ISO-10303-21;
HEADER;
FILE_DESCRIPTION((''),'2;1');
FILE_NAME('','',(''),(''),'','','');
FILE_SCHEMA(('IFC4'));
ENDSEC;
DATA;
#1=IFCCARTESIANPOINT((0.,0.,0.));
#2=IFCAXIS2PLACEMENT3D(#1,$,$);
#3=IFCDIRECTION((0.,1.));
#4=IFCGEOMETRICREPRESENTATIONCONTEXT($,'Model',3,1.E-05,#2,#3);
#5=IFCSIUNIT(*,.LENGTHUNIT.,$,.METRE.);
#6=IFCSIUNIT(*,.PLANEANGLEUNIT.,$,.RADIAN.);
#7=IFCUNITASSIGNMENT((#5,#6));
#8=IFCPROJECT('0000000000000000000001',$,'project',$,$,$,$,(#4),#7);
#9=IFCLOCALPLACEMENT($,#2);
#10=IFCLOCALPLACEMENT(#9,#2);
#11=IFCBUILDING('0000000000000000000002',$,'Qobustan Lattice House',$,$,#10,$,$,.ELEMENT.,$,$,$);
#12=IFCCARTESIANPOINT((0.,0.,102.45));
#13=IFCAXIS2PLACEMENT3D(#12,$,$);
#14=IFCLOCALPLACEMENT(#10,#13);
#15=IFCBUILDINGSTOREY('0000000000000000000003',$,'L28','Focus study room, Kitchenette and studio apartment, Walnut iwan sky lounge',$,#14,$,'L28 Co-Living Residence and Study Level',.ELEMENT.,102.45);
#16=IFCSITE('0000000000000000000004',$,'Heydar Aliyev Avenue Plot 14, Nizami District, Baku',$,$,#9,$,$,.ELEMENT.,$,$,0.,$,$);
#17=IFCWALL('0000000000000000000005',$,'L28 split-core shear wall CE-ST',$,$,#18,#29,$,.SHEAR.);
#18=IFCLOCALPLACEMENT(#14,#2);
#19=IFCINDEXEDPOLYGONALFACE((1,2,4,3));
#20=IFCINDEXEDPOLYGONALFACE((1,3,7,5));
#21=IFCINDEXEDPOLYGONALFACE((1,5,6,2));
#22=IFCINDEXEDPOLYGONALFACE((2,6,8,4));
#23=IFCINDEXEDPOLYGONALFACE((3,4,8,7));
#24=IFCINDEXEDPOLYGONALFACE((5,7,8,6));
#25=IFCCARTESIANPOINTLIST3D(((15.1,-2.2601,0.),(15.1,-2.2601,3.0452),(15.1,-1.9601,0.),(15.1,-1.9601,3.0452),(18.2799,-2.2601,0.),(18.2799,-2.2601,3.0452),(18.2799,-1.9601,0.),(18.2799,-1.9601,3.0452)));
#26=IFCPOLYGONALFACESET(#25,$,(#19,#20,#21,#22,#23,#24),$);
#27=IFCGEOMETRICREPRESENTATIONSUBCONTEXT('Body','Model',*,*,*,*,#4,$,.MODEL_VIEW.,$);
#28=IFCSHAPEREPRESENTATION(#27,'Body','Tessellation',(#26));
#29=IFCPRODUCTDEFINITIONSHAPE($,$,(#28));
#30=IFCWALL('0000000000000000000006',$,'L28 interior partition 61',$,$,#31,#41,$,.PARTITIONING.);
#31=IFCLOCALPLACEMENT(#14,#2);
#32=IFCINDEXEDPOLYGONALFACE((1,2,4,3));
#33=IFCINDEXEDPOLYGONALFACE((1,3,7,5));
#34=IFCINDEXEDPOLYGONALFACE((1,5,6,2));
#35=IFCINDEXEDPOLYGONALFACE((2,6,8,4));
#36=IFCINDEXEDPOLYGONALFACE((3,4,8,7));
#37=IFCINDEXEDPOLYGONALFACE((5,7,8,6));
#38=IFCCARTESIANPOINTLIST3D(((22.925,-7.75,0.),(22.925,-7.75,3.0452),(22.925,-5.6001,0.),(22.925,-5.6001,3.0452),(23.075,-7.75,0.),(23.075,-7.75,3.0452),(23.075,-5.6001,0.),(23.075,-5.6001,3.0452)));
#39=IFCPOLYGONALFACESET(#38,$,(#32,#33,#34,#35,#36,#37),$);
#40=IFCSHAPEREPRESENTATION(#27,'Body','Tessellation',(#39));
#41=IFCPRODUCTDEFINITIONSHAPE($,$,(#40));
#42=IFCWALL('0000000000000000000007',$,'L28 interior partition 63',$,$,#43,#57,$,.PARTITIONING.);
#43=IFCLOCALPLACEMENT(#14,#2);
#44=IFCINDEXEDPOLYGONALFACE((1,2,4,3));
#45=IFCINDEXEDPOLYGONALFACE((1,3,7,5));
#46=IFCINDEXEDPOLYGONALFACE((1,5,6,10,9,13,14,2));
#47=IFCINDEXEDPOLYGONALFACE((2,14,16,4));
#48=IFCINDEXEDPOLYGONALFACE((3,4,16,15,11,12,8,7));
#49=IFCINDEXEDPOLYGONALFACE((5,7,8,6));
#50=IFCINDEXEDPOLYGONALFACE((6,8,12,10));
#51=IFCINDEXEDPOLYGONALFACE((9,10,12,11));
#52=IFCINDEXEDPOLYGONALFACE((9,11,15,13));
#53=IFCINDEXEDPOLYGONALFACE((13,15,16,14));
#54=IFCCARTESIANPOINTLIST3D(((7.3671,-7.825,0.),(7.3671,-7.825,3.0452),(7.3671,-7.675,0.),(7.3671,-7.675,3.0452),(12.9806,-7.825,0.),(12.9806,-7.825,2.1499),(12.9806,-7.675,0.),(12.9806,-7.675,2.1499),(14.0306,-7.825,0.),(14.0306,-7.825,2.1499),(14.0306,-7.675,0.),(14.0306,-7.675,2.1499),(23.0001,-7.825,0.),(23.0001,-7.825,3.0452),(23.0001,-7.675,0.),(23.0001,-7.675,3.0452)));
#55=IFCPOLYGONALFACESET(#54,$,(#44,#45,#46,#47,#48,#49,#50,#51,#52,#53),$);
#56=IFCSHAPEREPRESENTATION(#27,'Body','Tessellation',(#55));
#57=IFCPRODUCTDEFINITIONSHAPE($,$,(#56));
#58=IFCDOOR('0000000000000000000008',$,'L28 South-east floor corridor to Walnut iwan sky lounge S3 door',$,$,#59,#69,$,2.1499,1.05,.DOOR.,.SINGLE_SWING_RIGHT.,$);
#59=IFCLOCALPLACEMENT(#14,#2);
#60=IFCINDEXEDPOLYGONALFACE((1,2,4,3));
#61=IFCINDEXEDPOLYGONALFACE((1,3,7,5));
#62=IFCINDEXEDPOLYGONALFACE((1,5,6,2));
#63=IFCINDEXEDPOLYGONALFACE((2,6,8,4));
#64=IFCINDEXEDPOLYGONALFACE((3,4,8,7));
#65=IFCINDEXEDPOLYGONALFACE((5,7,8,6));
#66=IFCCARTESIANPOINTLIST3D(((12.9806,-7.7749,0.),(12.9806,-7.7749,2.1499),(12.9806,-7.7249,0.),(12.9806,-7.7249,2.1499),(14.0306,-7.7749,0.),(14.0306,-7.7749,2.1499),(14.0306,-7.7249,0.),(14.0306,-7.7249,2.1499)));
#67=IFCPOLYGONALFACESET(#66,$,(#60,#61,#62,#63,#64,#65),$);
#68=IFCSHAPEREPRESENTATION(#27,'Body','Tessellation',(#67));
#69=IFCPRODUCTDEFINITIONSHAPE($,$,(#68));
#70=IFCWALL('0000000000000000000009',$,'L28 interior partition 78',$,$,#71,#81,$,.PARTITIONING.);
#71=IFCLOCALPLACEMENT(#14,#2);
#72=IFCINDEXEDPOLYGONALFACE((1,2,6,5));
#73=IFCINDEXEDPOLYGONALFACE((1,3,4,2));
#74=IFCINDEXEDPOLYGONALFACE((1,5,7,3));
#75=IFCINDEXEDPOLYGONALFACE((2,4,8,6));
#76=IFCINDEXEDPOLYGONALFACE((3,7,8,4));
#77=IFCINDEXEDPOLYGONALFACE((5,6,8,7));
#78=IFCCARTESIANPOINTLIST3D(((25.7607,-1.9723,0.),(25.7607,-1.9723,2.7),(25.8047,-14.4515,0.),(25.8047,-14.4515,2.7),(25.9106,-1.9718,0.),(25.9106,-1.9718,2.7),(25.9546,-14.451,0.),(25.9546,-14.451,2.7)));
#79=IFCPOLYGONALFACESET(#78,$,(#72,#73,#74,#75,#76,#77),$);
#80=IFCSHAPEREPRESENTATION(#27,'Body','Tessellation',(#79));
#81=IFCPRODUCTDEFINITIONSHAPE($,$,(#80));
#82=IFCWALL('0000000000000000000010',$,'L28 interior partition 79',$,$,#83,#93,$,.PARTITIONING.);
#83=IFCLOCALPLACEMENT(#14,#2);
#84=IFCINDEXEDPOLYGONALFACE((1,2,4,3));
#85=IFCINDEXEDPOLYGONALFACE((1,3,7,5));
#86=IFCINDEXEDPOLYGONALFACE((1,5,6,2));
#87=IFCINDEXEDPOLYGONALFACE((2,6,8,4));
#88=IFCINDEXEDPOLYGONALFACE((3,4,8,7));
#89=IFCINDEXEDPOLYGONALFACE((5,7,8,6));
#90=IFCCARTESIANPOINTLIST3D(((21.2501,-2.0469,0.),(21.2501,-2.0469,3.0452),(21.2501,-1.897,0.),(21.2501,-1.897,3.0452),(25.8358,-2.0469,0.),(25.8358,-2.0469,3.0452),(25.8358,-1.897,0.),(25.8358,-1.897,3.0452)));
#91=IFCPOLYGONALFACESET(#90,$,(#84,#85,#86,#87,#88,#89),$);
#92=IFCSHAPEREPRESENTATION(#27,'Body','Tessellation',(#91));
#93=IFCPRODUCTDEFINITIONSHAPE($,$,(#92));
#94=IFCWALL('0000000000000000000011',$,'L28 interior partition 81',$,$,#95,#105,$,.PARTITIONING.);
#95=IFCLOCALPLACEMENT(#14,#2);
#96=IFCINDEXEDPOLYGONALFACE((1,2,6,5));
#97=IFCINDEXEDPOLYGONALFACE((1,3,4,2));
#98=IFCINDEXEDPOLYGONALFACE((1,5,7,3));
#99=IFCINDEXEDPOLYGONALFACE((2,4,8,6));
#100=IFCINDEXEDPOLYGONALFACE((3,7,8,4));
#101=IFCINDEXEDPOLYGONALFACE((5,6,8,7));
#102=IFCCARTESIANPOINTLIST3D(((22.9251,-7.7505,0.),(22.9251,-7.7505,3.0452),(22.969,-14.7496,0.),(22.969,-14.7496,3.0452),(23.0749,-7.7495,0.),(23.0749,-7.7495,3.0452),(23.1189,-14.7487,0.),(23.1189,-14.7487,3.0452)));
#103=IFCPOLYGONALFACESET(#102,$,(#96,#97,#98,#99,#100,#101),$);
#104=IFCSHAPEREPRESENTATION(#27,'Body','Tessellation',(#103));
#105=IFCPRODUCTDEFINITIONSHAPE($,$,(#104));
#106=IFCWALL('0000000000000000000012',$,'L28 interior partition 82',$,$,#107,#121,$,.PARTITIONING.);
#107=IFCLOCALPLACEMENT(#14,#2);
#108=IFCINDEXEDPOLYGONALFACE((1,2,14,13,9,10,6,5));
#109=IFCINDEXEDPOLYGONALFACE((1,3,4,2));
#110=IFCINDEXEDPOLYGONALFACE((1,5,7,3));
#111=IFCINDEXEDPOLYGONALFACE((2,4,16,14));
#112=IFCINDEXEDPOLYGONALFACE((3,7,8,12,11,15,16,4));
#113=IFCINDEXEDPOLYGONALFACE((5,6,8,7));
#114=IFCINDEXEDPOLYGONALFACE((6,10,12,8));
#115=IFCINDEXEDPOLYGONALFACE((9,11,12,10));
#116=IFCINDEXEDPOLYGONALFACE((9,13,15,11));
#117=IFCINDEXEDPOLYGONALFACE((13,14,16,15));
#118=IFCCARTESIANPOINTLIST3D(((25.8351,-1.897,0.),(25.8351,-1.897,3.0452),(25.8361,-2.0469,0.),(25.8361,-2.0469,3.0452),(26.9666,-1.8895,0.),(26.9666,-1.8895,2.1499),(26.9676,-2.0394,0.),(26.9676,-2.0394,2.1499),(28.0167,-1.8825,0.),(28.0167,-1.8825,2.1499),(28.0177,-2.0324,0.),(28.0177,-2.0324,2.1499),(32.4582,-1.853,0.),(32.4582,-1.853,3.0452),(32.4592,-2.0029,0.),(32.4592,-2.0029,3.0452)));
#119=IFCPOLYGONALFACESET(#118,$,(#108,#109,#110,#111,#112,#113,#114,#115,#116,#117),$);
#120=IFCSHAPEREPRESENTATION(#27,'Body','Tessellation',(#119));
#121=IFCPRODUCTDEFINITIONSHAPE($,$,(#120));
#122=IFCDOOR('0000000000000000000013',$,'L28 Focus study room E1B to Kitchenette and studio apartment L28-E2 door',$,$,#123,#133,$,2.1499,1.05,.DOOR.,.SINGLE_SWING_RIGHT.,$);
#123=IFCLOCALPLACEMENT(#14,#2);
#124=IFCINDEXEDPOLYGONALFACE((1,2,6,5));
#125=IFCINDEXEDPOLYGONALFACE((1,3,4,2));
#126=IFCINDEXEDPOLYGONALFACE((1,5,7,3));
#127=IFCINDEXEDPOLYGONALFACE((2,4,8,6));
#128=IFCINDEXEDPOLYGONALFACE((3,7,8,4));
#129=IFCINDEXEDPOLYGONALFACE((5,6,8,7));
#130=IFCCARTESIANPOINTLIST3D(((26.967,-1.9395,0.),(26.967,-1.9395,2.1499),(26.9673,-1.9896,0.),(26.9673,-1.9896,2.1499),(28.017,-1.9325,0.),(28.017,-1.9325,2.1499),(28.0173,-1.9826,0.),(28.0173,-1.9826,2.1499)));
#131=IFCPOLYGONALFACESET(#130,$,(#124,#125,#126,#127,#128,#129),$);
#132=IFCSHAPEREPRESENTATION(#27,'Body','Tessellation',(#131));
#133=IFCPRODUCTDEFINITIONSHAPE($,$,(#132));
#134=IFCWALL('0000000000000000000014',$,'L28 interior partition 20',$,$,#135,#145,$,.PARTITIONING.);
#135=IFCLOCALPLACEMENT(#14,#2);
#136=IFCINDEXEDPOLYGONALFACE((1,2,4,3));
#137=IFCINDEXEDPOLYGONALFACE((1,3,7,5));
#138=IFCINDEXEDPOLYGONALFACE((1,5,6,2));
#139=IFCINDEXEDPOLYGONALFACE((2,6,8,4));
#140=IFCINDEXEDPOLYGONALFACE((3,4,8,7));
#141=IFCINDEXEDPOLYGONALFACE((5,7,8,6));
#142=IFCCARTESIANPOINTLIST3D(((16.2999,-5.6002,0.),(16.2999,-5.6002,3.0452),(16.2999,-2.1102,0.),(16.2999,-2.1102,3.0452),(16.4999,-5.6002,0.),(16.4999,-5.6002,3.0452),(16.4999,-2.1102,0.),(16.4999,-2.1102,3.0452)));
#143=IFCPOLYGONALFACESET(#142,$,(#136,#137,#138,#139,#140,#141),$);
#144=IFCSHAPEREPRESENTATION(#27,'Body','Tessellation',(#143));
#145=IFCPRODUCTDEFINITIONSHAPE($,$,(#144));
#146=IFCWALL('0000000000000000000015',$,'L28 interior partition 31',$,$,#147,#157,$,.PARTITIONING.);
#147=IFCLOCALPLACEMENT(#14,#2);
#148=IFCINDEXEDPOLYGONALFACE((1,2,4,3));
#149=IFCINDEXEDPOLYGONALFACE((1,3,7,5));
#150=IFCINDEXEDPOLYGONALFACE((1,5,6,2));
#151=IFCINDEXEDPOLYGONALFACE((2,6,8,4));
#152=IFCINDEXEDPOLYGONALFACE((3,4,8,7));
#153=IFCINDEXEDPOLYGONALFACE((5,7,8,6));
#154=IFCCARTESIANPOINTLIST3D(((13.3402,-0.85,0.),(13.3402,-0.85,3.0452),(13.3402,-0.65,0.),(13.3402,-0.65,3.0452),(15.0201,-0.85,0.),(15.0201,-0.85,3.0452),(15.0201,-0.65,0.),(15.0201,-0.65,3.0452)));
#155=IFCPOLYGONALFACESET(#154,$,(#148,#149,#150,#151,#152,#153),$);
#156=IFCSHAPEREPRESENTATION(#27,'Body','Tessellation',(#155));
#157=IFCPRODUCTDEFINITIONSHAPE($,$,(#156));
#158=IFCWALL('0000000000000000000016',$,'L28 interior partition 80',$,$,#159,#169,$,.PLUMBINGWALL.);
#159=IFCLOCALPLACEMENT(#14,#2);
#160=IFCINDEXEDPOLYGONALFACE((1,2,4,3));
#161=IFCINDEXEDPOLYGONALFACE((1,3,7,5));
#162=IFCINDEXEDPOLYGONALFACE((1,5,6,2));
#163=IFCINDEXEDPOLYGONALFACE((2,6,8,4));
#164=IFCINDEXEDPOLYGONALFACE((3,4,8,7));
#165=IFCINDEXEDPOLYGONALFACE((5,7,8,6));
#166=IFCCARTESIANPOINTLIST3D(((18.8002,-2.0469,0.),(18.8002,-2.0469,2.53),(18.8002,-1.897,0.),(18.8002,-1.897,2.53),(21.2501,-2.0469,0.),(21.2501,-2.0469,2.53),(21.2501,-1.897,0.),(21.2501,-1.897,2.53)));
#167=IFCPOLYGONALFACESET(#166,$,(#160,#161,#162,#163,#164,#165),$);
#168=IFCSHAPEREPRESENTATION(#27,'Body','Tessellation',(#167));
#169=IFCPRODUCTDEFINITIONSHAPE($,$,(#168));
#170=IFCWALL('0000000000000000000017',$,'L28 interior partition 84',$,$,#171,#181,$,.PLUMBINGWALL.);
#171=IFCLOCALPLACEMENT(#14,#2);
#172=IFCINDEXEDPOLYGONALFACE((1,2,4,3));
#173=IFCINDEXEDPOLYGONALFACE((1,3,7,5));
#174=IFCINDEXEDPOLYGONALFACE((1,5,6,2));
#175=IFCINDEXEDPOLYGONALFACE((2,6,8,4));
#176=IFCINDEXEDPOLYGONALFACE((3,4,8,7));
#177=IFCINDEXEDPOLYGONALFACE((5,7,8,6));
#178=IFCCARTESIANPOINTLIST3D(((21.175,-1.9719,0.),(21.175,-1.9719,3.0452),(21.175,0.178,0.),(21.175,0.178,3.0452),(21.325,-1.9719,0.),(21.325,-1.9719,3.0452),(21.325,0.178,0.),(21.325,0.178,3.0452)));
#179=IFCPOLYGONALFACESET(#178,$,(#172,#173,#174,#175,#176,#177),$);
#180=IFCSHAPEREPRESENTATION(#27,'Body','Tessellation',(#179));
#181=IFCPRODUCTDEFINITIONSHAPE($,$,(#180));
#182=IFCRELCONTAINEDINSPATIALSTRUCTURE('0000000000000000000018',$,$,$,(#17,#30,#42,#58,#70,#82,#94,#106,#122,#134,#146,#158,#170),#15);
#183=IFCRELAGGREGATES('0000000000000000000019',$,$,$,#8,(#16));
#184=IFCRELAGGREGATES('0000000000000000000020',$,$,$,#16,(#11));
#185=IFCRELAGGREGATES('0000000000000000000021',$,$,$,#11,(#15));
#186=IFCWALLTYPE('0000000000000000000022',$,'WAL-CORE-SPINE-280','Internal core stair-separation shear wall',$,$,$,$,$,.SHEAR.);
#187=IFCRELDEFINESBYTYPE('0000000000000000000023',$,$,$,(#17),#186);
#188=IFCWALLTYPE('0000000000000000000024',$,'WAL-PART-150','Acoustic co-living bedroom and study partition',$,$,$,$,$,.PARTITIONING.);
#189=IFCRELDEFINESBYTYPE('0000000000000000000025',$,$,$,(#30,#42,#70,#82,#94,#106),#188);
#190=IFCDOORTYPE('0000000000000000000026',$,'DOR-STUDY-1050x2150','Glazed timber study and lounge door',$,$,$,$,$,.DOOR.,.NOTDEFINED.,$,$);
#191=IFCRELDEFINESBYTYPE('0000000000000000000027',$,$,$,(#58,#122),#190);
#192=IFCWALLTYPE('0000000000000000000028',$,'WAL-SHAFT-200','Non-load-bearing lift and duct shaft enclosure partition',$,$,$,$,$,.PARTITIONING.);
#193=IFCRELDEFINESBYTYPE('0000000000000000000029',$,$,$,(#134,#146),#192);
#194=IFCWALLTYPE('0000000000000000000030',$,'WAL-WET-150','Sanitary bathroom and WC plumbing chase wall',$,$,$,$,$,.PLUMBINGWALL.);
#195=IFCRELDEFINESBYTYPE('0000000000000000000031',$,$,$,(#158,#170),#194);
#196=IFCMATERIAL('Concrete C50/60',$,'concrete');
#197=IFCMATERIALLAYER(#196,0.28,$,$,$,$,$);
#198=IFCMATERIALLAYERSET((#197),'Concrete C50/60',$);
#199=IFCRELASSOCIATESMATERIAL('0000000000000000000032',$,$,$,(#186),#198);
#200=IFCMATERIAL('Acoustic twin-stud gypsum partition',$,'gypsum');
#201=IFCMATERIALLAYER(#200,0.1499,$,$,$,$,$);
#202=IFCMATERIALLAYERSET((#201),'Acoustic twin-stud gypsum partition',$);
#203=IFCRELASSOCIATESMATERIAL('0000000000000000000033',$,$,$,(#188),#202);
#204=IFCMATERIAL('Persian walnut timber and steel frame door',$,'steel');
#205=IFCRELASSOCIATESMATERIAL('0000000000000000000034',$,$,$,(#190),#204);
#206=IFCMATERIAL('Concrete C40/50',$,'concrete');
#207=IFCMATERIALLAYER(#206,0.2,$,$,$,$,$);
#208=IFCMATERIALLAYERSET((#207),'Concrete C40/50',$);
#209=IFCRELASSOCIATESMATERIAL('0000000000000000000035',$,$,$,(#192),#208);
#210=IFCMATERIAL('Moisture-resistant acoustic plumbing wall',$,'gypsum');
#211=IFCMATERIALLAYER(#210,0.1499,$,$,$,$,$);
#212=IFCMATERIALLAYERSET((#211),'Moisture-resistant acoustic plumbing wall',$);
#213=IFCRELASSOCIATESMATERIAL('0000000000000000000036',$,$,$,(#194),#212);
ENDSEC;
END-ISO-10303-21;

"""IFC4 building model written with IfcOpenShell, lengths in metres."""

from ifc_helpers import new_model, si_unit, direction, frame, frame_2d, origin, place, context, subcontext, project, spatial, rectangle, extrude, material, layer, layer_set, type_object, element, fill, save


model = new_model("IFC4")

# Units and contexts
model_context = context("Model", 3, precision=1e-05, world=origin(), true_north=direction((0.0, 1.0)))
body_context = subcontext(model_context, "Body", "Model", "MODEL_VIEW")
ifc_project = project(units=[si_unit("LENGTHUNIT", "METRE"), si_unit("PLANEANGLEUNIT", "RADIAN")], contexts=[model_context])

# Site, building, storey
site_placement = place(None, origin())
site = spatial("IfcSite", under=ifc_project, at=site_placement, Name="Heydar Aliyev Avenue Plot 14, Nizami District, Baku", CompositionType="ELEMENT", RefElevation=0.0)
building_placement = place(site_placement, origin())
building = spatial("IfcBuilding", under=site, at=building_placement, Name="Qobustan Lattice House", CompositionType="ELEMENT")
storey_placement = place(building_placement, frame((0.0, 0.0, 102.45)))
storey = spatial("IfcBuildingStorey", under=building, at=storey_placement, Name="L28", Description="Focus study room, Kitchenette and studio apartment, Walnut iwan sky lounge", LongName="L28 Co-Living Residence and Study Level", CompositionType="ELEMENT", Elevation=102.45)

# Wall
ifc_material_1 = material(Name="Concrete C50/60", Category="concrete")
ifc_layer_1 = layer(ifc_material_1, 0.28)
ifc_layer_set_1 = layer_set([ifc_layer_1], Name="Concrete C50/60")
wall_type_1 = type_object("IfcWallType", Name="WAL-CORE-SPINE-280", Description="Internal core stair-separation shear wall", PredefinedType="SHEAR", material=ifc_layer_set_1)
wall_1_placement = place(storey_placement, frame((15.1001, -2.1101, 0.0), z_axis=(0.0, 0.0, 1.0), x_axis=(1.0, 0.0, 0.0)))
element("IfcWall", 1, at=wall_1_placement, inside=storey, type_object=wall_type_1, Name="L28 split-core shear wall CE-ST", PredefinedType="SHEAR", context=body_context, shape_type="SweptSolid", body=[
    extrude(rectangle(XDim=3.1799, YDim=0.3, at=frame_2d((1.5898, 0.0))), origin(), (0.0, 0.0, 1.0), 3.0452),
])

# Shared definitions
ifc_material_2 = material(Name="Acoustic twin-stud gypsum partition", Category="gypsum")
ifc_layer_2 = layer(ifc_material_2, 0.1499)
ifc_layer_set_2 = layer_set([ifc_layer_2], Name="Acoustic twin-stud gypsum partition")
wall_type_2 = type_object("IfcWallType", Name="WAL-PART-150", Description="Acoustic co-living bedroom and study partition", PredefinedType="PARTITIONING", material=ifc_layer_set_2)
ifc_material_3 = material(Name="Persian walnut timber and steel frame door", Category="steel")
door_type = type_object("IfcDoorType", Name="DOR-STUDY-1050x2150", Description="Glazed timber study and lounge door", OperationType="NOTDEFINED", PredefinedType="DOOR", material=ifc_material_3)

# Wall
wall_2_placement = place(storey_placement, frame((23.0, -5.6001, 0.0), z_axis=(0.0, 0.0, 1.0), x_axis=(0.0, -1.0, 0.0)))
element("IfcWall", 2, at=wall_2_placement, inside=storey, type_object=wall_type_2, Name="L28 interior partition 61", PredefinedType="PARTITIONING", context=body_context, shape_type="SweptSolid", body=[
    extrude(rectangle(XDim=2.1499, YDim=0.1499, at=frame_2d((1.075, 0.0))), origin(), (0.0, 0.0, 1.0), 3.0452),
])

# Wall, opening, door
wall_3_placement = place(storey_placement, frame((23.0, -7.75, 0.0), z_axis=(0.0, 0.0, 1.0), x_axis=(-1.0, 0.0, 0.0)))
wall_3 = element("IfcWall", 3, at=wall_3_placement, inside=storey, type_object=wall_type_2, Name="L28 interior partition 63", PredefinedType="PARTITIONING", context=body_context, shape_type="SweptSolid", body=[
    extrude(rectangle(XDim=15.6331, YDim=0.1499, at=frame_2d((7.8164, 0.0))), origin(), (0.0, 0.0, 1.0), 3.0452),
])
opening_1_placement = place(wall_3_placement, frame((8.9695, 0.0, 0.0)))
opening_1 = element("IfcOpeningElement", 4, at=opening_1_placement, cuts=wall_3, PredefinedType="OPENING", context=body_context, shape_type="SweptSolid", body=[
    extrude(rectangle(XDim=1.05, YDim=2.1499, at=frame_2d((0.5249, 1.075))), frame((0.0, 0.085, 0.0), z_axis=(0.0, -1.0, 0.0), x_axis=(1.0, 0.0, 0.0)), (0.0, 0.0, 1.0), 0.1699),
])
door_1_placement = place(opening_1_placement, origin())
door_1 = element("IfcDoor", 5, at=door_1_placement, inside=storey, type_object=door_type, Name="L28 South-east floor corridor to Walnut iwan sky lounge S3 door", OperationType="SINGLE_SWING_RIGHT", OverallHeight=2.1499, OverallWidth=1.05, PredefinedType="DOOR", context=body_context, shape_type="SweptSolid", body=[
    extrude(rectangle(XDim=1.05, YDim=2.1499, at=frame_2d((0.5249, 1.075))), frame((0.0, 0.0249, 0.0), z_axis=(0.0, -1.0, 0.0), x_axis=(1.0, 0.0, 0.0)), (0.0, 0.0, 1.0), 0.05),
])
fill(opening_1, door_1)

# Walls
wall_4_placement = place(storey_placement, frame((25.8357, -1.9719, 0.0), z_axis=(0.0, 0.0, 1.0), x_axis=(0.003521, -0.999994, 0.0)))
element("IfcWall", 6, at=wall_4_placement, inside=storey, type_object=wall_type_2, Name="L28 interior partition 78", PredefinedType="PARTITIONING", context=body_context, shape_type="SweptSolid", body=[
    extrude(rectangle(XDim=12.4792, YDim=0.1499, at=frame_2d((6.2397, 0.0))), origin(), (0.0, 0.0, 1.0), 2.7),
])
wall_5_placement = place(storey_placement, frame((21.25, -1.9719, 0.0), z_axis=(0.0, 0.0, 1.0), x_axis=(1.0, 0.0, 0.0)))
element("IfcWall", 7, at=wall_5_placement, inside=storey, type_object=wall_type_2, Name="L28 interior partition 79", PredefinedType="PARTITIONING", context=body_context, shape_type="SweptSolid", body=[
    extrude(rectangle(XDim=4.5857, YDim=0.1499, at=frame_2d((2.293, 0.0))), origin(), (0.0, 0.0, 1.0), 3.0452),
])
wall_6_placement = place(storey_placement, frame((23.0439, -14.749, 0.0), z_axis=(0.0, 0.0, 1.0), x_axis=(-0.006279, 0.99998, 0.0)))
element("IfcWall", 8, at=wall_6_placement, inside=storey, type_object=wall_type_2, Name="L28 interior partition 81", PredefinedType="PARTITIONING", context=body_context, shape_type="SweptSolid", body=[
    extrude(rectangle(XDim=6.9993, YDim=0.1499, at=frame_2d((3.4995, 0.0))), origin(), (0.0, 0.0, 1.0), 3.0452),
])

# Wall, opening, door
wall_7_placement = place(storey_placement, frame((25.8357, -1.9719, 0.0), z_axis=(0.0, 0.0, 1.0), x_axis=(0.999978, 0.006635, 0.0)))
wall_7 = element("IfcWall", 9, at=wall_7_placement, inside=storey, type_object=wall_type_2, Name="L28 interior partition 82", PredefinedType="PARTITIONING", context=body_context, shape_type="SweptSolid", body=[
    extrude(rectangle(XDim=6.6233, YDim=0.1499, at=frame_2d((3.3115, 0.0))), origin(), (0.0, 0.0, 1.0), 3.0452),
])
opening_2_placement = place(wall_7_placement, frame((1.1316, 0.0, 0.0)))
opening_2 = element("IfcOpeningElement", 10, at=opening_2_placement, cuts=wall_7, PredefinedType="OPENING", context=body_context, shape_type="SweptSolid", body=[
    extrude(rectangle(XDim=1.05, YDim=2.1499, at=frame_2d((0.5249, 1.075))), frame((0.0, 0.085, 0.0), z_axis=(0.0, -1.0, 0.0), x_axis=(1.0, 0.0, 0.0)), (0.0, 0.0, 1.0), 0.1699),
])
door_2_placement = place(opening_2_placement, origin())
door_2 = element("IfcDoor", 11, at=door_2_placement, inside=storey, type_object=door_type, Name="L28 Focus study room E1B to Kitchenette and studio apartment L28-E2 door", OperationType="SINGLE_SWING_RIGHT", OverallHeight=2.1499, OverallWidth=1.05, PredefinedType="DOOR", context=body_context, shape_type="SweptSolid", body=[
    extrude(rectangle(XDim=1.05, YDim=2.1499, at=frame_2d((0.5249, 1.075))), frame((0.0, 0.0249, 0.0), z_axis=(0.0, -1.0, 0.0), x_axis=(1.0, 0.0, 0.0)), (0.0, 0.0, 1.0), 0.05),
])
fill(opening_2, door_2)

# Walls
ifc_material_4 = material(Name="Concrete C40/50", Category="concrete")
ifc_layer_3 = layer(ifc_material_4, 0.2)
ifc_layer_set_3 = layer_set([ifc_layer_3], Name="Concrete C40/50")
wall_type_3 = type_object("IfcWallType", Name="WAL-SHAFT-200", Description="Non-load-bearing lift and duct shaft enclosure partition", PredefinedType="PARTITIONING", material=ifc_layer_set_3)
wall_8_placement = place(storey_placement, frame((16.3999, -2.1101, 0.0), z_axis=(0.0, 0.0, 1.0), x_axis=(0.0, -1.0, 0.0)))
element("IfcWall", 12, at=wall_8_placement, inside=storey, type_object=wall_type_3, Name="L28 interior partition 20", PredefinedType="PARTITIONING", context=body_context, shape_type="SweptSolid", body=[
    extrude(rectangle(XDim=3.49, YDim=0.2, at=frame_2d((1.7451, 0.0))), origin(), (0.0, 0.0, 1.0), 3.0452),
])
wall_9_placement = place(storey_placement, frame((15.02, -0.75, 0.0), z_axis=(0.0, 0.0, 1.0), x_axis=(-1.0, 0.0, 0.0)))
element("IfcWall", 13, at=wall_9_placement, inside=storey, type_object=wall_type_3, Name="L28 interior partition 31", PredefinedType="PARTITIONING", context=body_context, shape_type="SweptSolid", body=[
    extrude(rectangle(XDim=1.6799, YDim=0.2, at=frame_2d((0.8398, 0.0))), origin(), (0.0, 0.0, 1.0), 3.0452),
])
ifc_material_5 = material(Name="Moisture-resistant acoustic plumbing wall", Category="gypsum")
ifc_layer_4 = layer(ifc_material_5, 0.1499)
ifc_layer_set_4 = layer_set([ifc_layer_4], Name="Moisture-resistant acoustic plumbing wall")
wall_type_4 = type_object("IfcWallType", Name="WAL-WET-150", Description="Sanitary bathroom and WC plumbing chase wall", PredefinedType="PLUMBINGWALL", material=ifc_layer_set_4)
wall_10_placement = place(storey_placement, frame((18.8, -1.9719, 0.0), z_axis=(0.0, 0.0, 1.0), x_axis=(1.0, 0.0, 0.0)))
element("IfcWall", 14, at=wall_10_placement, inside=storey, type_object=wall_type_4, Name="L28 interior partition 80", PredefinedType="PLUMBINGWALL", context=body_context, shape_type="SweptSolid", body=[
    extrude(rectangle(XDim=2.45, YDim=0.1499, at=frame_2d((1.2251, 0.0))), origin(), (0.0, 0.0, 1.0), 2.53),
])
wall_11_placement = place(storey_placement, frame((21.25, -1.9719, 0.0), z_axis=(0.0, 0.0, 1.0), x_axis=(0.0, 1.0, 0.0)))
element("IfcWall", 15, at=wall_11_placement, inside=storey, type_object=wall_type_4, Name="L28 interior partition 84", PredefinedType="PLUMBINGWALL", context=body_context, shape_type="SweptSolid", body=[
    extrude(rectangle(XDim=2.1499, YDim=0.1499, at=frame_2d((1.075, 0.0))), origin(), (0.0, 0.0, 1.0), 3.0452),
])

save(model, "model.ifc")
